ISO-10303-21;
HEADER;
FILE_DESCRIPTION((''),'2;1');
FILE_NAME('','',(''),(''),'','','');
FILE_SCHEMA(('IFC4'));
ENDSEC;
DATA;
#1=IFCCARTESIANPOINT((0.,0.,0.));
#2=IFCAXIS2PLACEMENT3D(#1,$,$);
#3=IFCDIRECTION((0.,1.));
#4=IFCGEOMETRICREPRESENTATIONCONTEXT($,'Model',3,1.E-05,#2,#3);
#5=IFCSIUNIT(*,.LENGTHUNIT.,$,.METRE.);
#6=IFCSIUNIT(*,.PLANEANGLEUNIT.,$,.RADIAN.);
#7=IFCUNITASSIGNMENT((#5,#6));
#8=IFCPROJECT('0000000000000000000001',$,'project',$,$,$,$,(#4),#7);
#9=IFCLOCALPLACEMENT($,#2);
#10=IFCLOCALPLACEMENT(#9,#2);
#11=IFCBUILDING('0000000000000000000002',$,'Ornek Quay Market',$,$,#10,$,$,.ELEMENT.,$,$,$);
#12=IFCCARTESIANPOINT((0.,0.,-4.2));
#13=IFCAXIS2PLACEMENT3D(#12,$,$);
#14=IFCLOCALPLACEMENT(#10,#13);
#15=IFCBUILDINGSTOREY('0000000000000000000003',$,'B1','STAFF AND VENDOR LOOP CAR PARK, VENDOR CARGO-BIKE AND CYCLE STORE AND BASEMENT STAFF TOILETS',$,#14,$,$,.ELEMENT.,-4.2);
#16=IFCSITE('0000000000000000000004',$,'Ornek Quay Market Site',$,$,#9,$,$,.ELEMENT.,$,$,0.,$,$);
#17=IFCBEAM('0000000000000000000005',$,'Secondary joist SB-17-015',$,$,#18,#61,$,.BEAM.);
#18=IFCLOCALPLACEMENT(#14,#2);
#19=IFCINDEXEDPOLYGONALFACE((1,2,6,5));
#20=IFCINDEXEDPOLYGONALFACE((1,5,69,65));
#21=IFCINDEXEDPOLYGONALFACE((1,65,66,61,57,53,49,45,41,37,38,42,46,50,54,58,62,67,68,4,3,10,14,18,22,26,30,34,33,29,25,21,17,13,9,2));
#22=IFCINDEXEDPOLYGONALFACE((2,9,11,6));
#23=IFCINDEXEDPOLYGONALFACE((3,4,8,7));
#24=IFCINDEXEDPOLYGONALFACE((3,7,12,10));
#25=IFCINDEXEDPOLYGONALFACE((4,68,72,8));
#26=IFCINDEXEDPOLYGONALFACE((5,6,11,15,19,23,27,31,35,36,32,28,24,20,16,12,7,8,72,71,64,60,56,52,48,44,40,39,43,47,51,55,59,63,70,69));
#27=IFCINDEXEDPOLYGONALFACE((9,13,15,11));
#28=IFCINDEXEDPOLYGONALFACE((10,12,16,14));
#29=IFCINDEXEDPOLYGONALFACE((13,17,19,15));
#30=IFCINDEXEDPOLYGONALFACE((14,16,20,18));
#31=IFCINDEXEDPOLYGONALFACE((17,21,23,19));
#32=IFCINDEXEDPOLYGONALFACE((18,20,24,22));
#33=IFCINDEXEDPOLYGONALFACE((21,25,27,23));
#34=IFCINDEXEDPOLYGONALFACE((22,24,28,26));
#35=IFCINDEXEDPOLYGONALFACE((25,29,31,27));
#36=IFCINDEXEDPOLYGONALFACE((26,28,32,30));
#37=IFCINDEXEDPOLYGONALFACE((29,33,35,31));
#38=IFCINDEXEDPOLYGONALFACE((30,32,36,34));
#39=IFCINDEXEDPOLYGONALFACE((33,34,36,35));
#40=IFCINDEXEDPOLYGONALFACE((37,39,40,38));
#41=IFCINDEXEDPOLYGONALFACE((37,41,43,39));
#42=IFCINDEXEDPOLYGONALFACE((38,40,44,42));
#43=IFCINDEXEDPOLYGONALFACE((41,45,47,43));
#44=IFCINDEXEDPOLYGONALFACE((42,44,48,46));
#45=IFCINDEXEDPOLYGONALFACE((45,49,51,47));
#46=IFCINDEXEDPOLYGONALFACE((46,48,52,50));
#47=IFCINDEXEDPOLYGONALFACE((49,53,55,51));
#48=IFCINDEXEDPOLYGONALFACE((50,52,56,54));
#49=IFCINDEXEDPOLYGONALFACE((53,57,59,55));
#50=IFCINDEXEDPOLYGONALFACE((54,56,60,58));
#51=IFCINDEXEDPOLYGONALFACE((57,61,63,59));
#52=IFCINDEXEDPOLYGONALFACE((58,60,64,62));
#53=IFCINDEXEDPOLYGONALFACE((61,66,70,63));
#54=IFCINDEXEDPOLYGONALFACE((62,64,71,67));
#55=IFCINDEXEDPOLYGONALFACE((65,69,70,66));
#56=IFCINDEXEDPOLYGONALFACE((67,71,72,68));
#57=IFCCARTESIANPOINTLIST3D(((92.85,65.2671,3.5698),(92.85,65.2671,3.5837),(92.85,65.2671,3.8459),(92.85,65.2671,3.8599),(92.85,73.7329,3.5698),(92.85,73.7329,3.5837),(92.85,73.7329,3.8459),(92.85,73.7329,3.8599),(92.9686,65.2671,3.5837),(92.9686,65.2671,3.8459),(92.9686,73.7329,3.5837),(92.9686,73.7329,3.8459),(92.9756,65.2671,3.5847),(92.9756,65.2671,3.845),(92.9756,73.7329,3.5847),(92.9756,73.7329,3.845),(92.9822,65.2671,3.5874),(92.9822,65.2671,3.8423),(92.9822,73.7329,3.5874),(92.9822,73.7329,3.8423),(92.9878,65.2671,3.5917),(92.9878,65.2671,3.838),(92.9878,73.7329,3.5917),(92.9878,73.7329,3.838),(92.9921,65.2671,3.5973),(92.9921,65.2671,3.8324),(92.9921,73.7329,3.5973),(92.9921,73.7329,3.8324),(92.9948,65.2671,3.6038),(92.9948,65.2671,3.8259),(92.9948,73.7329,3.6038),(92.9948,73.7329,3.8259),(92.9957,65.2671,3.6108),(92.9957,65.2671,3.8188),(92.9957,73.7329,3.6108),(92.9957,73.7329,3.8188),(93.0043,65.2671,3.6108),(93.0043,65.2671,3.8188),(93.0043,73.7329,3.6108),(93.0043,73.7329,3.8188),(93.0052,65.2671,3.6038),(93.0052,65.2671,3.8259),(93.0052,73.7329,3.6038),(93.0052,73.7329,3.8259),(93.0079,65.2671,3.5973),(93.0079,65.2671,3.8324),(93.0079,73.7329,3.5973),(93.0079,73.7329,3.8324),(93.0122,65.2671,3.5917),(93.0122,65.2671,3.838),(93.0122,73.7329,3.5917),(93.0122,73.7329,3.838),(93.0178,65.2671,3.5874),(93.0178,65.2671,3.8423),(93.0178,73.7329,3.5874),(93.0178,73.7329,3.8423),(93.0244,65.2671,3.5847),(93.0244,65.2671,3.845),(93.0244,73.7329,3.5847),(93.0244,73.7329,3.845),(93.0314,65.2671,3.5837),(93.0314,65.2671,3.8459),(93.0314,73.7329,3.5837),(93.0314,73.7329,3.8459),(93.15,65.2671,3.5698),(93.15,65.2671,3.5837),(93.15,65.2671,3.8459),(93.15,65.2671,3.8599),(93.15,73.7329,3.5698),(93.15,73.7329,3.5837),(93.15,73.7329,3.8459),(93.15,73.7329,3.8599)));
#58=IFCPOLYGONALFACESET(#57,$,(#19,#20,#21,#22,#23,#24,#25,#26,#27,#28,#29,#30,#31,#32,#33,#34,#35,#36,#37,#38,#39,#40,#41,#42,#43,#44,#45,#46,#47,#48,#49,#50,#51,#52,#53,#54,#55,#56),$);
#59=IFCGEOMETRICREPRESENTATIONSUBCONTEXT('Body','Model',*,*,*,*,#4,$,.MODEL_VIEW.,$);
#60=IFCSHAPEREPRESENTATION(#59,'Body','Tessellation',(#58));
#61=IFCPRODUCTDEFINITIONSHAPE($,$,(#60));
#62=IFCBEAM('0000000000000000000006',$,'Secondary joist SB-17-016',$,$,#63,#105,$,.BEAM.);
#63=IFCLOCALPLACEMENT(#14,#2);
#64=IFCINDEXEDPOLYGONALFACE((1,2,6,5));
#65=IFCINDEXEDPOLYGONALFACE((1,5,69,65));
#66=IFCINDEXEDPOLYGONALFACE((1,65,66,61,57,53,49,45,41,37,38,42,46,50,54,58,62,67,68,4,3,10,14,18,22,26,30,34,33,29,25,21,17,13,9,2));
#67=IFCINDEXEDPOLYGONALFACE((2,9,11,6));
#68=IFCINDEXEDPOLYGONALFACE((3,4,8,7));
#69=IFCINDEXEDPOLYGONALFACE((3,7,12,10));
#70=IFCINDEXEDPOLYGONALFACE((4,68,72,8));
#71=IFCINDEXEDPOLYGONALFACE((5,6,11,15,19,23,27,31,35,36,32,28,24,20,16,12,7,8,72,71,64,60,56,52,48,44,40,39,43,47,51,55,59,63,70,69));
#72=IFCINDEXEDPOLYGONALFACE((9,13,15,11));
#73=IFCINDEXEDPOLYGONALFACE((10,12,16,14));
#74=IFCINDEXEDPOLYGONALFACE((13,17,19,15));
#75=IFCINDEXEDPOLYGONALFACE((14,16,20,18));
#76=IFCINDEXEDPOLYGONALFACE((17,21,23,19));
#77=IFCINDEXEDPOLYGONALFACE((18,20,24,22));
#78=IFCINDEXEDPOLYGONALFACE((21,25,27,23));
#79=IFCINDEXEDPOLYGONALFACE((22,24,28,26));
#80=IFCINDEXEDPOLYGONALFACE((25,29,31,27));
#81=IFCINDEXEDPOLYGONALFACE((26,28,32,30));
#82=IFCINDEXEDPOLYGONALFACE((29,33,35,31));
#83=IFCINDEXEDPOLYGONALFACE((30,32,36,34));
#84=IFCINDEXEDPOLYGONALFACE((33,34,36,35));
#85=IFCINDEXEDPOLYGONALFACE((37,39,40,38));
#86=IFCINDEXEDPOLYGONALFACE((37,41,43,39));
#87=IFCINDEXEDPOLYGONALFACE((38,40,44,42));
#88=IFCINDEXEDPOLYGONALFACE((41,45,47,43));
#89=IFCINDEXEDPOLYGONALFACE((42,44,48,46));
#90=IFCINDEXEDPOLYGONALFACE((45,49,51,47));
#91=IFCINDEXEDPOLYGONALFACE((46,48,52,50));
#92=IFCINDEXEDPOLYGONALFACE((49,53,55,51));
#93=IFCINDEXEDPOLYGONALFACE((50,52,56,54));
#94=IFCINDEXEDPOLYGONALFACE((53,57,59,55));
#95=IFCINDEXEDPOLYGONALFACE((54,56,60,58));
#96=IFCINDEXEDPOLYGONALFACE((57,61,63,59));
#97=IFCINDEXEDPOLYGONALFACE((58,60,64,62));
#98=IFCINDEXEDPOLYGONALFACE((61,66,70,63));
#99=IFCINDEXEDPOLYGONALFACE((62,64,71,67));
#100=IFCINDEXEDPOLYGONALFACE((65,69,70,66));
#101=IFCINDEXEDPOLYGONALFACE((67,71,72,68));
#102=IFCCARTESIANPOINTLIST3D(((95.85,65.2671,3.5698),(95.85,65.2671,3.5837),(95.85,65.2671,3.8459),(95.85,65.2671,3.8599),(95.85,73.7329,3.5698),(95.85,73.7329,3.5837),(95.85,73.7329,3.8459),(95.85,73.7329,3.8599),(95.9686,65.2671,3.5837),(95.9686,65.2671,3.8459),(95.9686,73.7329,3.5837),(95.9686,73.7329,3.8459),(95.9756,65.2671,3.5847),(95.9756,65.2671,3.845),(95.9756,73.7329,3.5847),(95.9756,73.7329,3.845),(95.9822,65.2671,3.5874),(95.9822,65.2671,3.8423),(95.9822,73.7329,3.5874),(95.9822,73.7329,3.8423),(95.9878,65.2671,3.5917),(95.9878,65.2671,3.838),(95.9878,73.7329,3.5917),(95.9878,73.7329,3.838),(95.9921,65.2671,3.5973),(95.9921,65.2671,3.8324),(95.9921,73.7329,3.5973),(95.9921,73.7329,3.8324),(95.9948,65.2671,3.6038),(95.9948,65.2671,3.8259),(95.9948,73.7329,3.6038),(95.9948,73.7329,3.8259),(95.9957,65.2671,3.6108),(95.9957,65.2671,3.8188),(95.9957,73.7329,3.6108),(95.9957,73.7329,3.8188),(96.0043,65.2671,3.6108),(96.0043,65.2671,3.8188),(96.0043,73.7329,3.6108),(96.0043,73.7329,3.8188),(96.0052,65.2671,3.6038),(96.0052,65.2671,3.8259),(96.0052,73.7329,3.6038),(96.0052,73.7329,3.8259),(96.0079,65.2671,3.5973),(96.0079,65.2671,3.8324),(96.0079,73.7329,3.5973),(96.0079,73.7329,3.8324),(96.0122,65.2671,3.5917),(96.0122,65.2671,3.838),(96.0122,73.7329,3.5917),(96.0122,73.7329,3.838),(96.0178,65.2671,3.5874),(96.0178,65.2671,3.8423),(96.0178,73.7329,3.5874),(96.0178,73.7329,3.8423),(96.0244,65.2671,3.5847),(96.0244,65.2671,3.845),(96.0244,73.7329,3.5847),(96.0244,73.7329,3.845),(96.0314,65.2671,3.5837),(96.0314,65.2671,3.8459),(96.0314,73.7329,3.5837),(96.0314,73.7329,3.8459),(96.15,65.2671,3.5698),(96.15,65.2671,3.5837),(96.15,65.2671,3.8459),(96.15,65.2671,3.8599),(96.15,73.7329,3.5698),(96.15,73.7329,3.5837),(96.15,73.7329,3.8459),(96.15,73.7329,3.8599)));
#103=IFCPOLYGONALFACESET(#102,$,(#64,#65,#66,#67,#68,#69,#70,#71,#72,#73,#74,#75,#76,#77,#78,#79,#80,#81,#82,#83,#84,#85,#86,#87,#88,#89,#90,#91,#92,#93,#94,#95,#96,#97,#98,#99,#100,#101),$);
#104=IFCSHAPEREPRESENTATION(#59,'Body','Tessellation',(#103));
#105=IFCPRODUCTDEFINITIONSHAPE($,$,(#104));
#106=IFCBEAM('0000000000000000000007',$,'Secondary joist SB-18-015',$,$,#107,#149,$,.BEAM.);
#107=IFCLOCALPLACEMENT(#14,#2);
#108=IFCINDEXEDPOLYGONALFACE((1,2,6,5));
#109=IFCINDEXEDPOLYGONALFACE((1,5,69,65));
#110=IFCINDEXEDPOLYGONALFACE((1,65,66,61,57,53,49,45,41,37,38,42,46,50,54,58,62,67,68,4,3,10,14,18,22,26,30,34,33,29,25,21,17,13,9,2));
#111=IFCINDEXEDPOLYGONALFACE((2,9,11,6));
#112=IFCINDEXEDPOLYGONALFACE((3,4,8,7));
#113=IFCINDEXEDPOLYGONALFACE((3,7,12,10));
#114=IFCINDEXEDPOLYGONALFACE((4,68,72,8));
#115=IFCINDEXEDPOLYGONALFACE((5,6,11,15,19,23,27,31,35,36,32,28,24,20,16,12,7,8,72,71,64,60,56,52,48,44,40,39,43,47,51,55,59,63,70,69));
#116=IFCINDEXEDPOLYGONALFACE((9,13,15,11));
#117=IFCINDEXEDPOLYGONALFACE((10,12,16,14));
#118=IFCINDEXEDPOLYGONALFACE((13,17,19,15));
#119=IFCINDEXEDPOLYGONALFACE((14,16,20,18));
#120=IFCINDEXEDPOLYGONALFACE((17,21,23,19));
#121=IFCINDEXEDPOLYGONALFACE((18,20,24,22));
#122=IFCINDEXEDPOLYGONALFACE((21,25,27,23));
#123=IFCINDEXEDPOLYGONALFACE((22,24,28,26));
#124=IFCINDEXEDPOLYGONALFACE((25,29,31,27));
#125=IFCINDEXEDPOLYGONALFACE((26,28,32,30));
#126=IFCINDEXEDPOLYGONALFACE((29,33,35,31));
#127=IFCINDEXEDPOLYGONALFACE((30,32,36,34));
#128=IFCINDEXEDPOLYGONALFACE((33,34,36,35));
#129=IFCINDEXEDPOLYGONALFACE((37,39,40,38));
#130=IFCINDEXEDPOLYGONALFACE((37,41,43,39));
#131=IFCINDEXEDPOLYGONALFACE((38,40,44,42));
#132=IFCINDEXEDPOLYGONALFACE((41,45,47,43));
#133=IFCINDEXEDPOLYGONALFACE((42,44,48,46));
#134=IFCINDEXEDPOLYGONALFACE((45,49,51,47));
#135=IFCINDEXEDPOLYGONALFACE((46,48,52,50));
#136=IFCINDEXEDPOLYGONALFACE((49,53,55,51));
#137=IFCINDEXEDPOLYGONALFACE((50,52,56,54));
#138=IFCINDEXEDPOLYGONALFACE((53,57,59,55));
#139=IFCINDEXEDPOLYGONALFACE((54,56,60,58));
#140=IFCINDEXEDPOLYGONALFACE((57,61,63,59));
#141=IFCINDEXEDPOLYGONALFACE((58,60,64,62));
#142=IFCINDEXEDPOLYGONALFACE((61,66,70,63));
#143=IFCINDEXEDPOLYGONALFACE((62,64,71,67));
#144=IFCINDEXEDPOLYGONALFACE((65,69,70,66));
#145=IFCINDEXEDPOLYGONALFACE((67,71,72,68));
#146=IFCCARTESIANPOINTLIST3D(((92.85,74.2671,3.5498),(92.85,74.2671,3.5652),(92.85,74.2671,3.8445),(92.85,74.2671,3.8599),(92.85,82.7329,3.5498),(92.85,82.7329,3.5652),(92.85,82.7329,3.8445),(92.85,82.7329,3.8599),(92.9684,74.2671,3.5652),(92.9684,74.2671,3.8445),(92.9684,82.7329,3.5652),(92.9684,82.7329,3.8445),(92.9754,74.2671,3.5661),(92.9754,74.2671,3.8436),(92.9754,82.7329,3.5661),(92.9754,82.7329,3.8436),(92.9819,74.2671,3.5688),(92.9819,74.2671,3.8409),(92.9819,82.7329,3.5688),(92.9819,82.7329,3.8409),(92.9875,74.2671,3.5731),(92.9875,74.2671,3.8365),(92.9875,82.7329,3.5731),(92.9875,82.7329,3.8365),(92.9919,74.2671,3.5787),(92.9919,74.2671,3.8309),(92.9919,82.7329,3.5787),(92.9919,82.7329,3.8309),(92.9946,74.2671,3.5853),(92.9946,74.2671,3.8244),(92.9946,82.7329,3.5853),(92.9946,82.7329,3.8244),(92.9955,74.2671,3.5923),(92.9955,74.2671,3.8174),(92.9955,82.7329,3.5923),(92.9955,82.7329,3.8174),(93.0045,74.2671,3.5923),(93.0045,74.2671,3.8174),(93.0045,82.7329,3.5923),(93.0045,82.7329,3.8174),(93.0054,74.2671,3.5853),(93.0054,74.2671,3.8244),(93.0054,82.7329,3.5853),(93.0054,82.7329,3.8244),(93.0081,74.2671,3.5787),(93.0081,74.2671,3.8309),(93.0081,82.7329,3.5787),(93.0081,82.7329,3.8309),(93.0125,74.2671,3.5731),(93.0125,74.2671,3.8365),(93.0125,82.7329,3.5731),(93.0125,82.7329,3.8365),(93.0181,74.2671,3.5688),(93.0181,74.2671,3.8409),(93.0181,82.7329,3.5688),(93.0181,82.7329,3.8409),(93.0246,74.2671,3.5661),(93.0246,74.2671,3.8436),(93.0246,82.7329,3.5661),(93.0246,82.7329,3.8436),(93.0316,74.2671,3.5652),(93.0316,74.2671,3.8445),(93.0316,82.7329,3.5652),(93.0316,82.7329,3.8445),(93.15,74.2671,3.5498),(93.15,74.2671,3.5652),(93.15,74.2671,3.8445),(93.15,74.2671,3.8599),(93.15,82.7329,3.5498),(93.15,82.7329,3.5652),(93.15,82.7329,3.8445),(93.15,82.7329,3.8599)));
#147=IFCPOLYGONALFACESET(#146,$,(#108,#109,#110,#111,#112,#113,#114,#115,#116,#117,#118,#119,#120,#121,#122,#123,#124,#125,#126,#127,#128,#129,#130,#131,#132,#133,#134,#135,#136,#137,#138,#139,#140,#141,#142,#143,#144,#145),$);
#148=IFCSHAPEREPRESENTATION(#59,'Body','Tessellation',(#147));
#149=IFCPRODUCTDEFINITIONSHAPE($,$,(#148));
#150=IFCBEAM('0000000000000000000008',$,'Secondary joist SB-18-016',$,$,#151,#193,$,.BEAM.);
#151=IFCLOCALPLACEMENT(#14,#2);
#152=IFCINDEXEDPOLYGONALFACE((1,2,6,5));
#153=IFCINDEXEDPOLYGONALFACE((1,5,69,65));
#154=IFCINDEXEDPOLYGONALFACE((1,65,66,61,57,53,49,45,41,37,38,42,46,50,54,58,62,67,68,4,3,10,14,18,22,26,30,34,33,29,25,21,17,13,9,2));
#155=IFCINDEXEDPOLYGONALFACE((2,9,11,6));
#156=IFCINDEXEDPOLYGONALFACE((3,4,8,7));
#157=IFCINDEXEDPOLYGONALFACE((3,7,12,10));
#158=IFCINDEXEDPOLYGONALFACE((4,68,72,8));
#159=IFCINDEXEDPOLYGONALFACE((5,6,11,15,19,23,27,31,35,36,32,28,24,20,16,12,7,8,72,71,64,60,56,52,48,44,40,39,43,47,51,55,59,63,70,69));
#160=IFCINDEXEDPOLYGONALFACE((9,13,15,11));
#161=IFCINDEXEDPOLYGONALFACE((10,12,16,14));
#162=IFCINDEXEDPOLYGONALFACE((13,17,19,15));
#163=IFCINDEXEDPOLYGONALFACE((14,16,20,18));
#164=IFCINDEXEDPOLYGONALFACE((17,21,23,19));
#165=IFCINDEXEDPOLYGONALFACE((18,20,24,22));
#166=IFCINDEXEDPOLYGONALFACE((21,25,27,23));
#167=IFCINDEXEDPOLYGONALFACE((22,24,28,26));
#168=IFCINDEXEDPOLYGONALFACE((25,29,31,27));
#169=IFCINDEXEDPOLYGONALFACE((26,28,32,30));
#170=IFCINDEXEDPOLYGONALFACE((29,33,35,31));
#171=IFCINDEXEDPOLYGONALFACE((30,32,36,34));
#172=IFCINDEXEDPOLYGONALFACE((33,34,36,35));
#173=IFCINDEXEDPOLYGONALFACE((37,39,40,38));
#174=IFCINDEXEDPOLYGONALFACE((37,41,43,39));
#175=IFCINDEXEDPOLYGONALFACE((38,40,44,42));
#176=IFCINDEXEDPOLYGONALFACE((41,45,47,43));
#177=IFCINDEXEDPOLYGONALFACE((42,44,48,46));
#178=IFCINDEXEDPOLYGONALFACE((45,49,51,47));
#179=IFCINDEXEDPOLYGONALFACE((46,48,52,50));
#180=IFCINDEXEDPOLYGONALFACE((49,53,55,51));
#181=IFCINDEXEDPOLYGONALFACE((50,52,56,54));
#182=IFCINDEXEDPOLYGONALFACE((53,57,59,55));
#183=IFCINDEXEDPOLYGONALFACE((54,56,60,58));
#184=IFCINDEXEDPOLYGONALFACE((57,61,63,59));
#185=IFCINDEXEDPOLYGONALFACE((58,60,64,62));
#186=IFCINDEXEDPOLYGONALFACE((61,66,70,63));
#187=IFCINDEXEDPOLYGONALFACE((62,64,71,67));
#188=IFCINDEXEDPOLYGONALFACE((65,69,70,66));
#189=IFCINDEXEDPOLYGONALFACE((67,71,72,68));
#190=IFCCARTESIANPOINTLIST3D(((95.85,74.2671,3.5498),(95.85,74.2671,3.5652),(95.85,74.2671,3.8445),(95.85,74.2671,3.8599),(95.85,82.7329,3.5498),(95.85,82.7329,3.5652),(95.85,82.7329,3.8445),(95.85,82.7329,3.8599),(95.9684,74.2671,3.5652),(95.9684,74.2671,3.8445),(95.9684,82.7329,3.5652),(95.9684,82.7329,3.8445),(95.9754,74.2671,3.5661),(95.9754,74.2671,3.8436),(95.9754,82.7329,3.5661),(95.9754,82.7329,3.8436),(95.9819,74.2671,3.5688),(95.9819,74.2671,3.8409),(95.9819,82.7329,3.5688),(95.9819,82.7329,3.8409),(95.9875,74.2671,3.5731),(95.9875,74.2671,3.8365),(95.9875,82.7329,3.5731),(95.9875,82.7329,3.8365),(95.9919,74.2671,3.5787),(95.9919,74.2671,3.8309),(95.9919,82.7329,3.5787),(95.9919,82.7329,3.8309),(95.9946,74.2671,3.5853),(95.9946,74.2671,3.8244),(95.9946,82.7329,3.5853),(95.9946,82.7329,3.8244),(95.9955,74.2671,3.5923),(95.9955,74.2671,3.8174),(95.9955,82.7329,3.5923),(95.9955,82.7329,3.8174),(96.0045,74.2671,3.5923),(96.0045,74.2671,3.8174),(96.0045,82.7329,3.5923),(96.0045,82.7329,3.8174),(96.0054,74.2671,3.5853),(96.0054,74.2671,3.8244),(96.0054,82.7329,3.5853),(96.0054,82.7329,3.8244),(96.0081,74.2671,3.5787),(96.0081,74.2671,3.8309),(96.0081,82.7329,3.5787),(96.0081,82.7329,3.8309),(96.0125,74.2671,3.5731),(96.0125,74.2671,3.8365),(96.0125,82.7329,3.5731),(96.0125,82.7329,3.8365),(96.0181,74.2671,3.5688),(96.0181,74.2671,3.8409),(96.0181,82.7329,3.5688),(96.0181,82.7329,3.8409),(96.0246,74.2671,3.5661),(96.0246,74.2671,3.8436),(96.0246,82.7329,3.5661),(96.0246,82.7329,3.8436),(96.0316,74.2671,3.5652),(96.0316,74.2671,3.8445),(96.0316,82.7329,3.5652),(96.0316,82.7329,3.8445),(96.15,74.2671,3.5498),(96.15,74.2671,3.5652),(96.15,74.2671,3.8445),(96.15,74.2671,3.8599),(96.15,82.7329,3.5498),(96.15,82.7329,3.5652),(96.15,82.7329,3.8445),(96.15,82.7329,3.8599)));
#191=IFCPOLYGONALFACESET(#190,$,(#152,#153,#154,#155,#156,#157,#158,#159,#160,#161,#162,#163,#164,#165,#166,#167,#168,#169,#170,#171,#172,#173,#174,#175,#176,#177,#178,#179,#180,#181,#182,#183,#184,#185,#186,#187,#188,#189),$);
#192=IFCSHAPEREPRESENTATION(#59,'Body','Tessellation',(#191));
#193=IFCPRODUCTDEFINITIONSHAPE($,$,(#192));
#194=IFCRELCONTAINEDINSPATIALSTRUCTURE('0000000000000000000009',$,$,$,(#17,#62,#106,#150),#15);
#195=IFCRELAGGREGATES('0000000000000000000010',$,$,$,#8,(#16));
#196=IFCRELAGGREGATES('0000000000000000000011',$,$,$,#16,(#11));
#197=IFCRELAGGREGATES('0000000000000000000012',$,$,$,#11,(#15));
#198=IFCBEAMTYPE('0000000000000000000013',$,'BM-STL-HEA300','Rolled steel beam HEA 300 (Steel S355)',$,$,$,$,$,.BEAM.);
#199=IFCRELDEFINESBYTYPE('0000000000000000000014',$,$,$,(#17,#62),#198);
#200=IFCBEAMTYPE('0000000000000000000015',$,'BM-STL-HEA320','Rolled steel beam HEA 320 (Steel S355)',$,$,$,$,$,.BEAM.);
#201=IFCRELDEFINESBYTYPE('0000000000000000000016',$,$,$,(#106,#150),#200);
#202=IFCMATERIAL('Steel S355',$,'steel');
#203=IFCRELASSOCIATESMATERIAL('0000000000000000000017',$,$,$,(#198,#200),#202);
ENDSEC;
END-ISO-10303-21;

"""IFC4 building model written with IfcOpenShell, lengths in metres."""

from ifc_helpers import new_model, si_unit, direction, frame, origin, origin_2d, place, context, subcontext, project, spatial, i_section, extrude, material, material_profile, profile_set, type_object, element, save


model = new_model("IFC4")

# Units and contexts
model_context = context("Model", 3, precision=1e-05, world=origin(), true_north=direction((0.0, 1.0)))
body_context = subcontext(model_context, "Body", "Model", "MODEL_VIEW")
ifc_project = project(units=[si_unit("LENGTHUNIT", "METRE"), si_unit("PLANEANGLEUNIT", "RADIAN")], contexts=[model_context])

# Site, building, storey
site_placement = place(None, origin())
site = spatial("IfcSite", under=ifc_project, at=site_placement, Name="Ornek Quay Market Site", CompositionType="ELEMENT", RefElevation=0.0)
building_placement = place(site_placement, origin())
building = spatial("IfcBuilding", under=site, at=building_placement, Name="Ornek Quay Market", CompositionType="ELEMENT")
storey_placement = place(building_placement, frame((0.0, 0.0, -4.2)))
storey = spatial("IfcBuildingStorey", under=building, at=storey_placement, Name="B1", Description="STAFF AND VENDOR LOOP CAR PARK, VENDOR CARGO-BIKE AND CYCLE STORE AND BASEMENT STAFF TOILETS", CompositionType="ELEMENT", Elevation=-4.2)

# Beams
ifc_material_1 = material(Name="Steel S355", Category="steel")
ifc_material_profile_1 = material_profile(ifc_material_1, i_section(OverallWidth=0.3, OverallDepth=0.29, WebThickness=0.0085, FlangeThickness=0.0139, FilletRadius=0.0271, at=origin_2d()), Name="HEA 300", Category="steel")
ifc_profile_set_1 = profile_set([ifc_material_profile_1], Name="Steel S355")
beam_type_1 = type_object("IfcBeamType", Name="BM-STL-HEA300", Description="Rolled steel beam HEA 300 (Steel S355)", PredefinedType="BEAM", material=ifc_profile_set_1)
for number, where, z_axis, x_axis, name in (
    (1, (93.0, 65.2671, 3.7148), (0.0, 1.0, 0.0), (-1.0, 0.0, 0.0), "Secondary joist SB-17-015"),
    (2, (96.0, 65.2671, 3.7148), (0.0, 1.0, 0.0), (-1.0, 0.0, 0.0), "Secondary joist SB-17-016"),
):
    element("IfcBeam", number, at=place(storey_placement, frame(where, z_axis=z_axis, x_axis=x_axis)), inside=storey, type_object=beam_type_1, Name=name, PredefinedType="BEAM", context=body_context, shape_type="SweptSolid", body=[
        extrude(i_section(OverallWidth=0.3, OverallDepth=0.29, WebThickness=0.0085, FlangeThickness=0.0139, FilletRadius=0.0271, at=origin_2d()), origin(), (0.0, 0.0, 1.0), 8.4658),
    ])
ifc_material_profile_2 = material_profile(ifc_material_1, i_section(OverallWidth=0.3, OverallDepth=0.3101, WebThickness=0.009, FlangeThickness=0.0154, FilletRadius=0.0271, at=origin_2d()), Name="HEA 320", Category="steel")
ifc_profile_set_2 = profile_set([ifc_material_profile_2], Name="Steel S355")
beam_type_2 = type_object("IfcBeamType", Name="BM-STL-HEA320", Description="Rolled steel beam HEA 320 (Steel S355)", PredefinedType="BEAM", material=ifc_profile_set_2)
for number, where, z_axis, x_axis, name in (
    (3, (93.0, 74.2671, 3.7048), (0.0, 1.0, 0.0), (-1.0, 0.0, 0.0), "Secondary joist SB-18-015"),
    (4, (96.0, 74.2671, 3.7048), (0.0, 1.0, 0.0), (-1.0, 0.0, 0.0), "Secondary joist SB-18-016"),
):
    element("IfcBeam", number, at=place(storey_placement, frame(where, z_axis=z_axis, x_axis=x_axis)), inside=storey, type_object=beam_type_2, Name=name, PredefinedType="BEAM", context=body_context, shape_type="SweptSolid", body=[
        extrude(i_section(OverallWidth=0.3, OverallDepth=0.3101, WebThickness=0.009, FlangeThickness=0.0154, FilletRadius=0.0271, at=origin_2d()), origin(), (0.0, 0.0, 1.0), 8.4658),
    ])

save(model, "model.ifc")
